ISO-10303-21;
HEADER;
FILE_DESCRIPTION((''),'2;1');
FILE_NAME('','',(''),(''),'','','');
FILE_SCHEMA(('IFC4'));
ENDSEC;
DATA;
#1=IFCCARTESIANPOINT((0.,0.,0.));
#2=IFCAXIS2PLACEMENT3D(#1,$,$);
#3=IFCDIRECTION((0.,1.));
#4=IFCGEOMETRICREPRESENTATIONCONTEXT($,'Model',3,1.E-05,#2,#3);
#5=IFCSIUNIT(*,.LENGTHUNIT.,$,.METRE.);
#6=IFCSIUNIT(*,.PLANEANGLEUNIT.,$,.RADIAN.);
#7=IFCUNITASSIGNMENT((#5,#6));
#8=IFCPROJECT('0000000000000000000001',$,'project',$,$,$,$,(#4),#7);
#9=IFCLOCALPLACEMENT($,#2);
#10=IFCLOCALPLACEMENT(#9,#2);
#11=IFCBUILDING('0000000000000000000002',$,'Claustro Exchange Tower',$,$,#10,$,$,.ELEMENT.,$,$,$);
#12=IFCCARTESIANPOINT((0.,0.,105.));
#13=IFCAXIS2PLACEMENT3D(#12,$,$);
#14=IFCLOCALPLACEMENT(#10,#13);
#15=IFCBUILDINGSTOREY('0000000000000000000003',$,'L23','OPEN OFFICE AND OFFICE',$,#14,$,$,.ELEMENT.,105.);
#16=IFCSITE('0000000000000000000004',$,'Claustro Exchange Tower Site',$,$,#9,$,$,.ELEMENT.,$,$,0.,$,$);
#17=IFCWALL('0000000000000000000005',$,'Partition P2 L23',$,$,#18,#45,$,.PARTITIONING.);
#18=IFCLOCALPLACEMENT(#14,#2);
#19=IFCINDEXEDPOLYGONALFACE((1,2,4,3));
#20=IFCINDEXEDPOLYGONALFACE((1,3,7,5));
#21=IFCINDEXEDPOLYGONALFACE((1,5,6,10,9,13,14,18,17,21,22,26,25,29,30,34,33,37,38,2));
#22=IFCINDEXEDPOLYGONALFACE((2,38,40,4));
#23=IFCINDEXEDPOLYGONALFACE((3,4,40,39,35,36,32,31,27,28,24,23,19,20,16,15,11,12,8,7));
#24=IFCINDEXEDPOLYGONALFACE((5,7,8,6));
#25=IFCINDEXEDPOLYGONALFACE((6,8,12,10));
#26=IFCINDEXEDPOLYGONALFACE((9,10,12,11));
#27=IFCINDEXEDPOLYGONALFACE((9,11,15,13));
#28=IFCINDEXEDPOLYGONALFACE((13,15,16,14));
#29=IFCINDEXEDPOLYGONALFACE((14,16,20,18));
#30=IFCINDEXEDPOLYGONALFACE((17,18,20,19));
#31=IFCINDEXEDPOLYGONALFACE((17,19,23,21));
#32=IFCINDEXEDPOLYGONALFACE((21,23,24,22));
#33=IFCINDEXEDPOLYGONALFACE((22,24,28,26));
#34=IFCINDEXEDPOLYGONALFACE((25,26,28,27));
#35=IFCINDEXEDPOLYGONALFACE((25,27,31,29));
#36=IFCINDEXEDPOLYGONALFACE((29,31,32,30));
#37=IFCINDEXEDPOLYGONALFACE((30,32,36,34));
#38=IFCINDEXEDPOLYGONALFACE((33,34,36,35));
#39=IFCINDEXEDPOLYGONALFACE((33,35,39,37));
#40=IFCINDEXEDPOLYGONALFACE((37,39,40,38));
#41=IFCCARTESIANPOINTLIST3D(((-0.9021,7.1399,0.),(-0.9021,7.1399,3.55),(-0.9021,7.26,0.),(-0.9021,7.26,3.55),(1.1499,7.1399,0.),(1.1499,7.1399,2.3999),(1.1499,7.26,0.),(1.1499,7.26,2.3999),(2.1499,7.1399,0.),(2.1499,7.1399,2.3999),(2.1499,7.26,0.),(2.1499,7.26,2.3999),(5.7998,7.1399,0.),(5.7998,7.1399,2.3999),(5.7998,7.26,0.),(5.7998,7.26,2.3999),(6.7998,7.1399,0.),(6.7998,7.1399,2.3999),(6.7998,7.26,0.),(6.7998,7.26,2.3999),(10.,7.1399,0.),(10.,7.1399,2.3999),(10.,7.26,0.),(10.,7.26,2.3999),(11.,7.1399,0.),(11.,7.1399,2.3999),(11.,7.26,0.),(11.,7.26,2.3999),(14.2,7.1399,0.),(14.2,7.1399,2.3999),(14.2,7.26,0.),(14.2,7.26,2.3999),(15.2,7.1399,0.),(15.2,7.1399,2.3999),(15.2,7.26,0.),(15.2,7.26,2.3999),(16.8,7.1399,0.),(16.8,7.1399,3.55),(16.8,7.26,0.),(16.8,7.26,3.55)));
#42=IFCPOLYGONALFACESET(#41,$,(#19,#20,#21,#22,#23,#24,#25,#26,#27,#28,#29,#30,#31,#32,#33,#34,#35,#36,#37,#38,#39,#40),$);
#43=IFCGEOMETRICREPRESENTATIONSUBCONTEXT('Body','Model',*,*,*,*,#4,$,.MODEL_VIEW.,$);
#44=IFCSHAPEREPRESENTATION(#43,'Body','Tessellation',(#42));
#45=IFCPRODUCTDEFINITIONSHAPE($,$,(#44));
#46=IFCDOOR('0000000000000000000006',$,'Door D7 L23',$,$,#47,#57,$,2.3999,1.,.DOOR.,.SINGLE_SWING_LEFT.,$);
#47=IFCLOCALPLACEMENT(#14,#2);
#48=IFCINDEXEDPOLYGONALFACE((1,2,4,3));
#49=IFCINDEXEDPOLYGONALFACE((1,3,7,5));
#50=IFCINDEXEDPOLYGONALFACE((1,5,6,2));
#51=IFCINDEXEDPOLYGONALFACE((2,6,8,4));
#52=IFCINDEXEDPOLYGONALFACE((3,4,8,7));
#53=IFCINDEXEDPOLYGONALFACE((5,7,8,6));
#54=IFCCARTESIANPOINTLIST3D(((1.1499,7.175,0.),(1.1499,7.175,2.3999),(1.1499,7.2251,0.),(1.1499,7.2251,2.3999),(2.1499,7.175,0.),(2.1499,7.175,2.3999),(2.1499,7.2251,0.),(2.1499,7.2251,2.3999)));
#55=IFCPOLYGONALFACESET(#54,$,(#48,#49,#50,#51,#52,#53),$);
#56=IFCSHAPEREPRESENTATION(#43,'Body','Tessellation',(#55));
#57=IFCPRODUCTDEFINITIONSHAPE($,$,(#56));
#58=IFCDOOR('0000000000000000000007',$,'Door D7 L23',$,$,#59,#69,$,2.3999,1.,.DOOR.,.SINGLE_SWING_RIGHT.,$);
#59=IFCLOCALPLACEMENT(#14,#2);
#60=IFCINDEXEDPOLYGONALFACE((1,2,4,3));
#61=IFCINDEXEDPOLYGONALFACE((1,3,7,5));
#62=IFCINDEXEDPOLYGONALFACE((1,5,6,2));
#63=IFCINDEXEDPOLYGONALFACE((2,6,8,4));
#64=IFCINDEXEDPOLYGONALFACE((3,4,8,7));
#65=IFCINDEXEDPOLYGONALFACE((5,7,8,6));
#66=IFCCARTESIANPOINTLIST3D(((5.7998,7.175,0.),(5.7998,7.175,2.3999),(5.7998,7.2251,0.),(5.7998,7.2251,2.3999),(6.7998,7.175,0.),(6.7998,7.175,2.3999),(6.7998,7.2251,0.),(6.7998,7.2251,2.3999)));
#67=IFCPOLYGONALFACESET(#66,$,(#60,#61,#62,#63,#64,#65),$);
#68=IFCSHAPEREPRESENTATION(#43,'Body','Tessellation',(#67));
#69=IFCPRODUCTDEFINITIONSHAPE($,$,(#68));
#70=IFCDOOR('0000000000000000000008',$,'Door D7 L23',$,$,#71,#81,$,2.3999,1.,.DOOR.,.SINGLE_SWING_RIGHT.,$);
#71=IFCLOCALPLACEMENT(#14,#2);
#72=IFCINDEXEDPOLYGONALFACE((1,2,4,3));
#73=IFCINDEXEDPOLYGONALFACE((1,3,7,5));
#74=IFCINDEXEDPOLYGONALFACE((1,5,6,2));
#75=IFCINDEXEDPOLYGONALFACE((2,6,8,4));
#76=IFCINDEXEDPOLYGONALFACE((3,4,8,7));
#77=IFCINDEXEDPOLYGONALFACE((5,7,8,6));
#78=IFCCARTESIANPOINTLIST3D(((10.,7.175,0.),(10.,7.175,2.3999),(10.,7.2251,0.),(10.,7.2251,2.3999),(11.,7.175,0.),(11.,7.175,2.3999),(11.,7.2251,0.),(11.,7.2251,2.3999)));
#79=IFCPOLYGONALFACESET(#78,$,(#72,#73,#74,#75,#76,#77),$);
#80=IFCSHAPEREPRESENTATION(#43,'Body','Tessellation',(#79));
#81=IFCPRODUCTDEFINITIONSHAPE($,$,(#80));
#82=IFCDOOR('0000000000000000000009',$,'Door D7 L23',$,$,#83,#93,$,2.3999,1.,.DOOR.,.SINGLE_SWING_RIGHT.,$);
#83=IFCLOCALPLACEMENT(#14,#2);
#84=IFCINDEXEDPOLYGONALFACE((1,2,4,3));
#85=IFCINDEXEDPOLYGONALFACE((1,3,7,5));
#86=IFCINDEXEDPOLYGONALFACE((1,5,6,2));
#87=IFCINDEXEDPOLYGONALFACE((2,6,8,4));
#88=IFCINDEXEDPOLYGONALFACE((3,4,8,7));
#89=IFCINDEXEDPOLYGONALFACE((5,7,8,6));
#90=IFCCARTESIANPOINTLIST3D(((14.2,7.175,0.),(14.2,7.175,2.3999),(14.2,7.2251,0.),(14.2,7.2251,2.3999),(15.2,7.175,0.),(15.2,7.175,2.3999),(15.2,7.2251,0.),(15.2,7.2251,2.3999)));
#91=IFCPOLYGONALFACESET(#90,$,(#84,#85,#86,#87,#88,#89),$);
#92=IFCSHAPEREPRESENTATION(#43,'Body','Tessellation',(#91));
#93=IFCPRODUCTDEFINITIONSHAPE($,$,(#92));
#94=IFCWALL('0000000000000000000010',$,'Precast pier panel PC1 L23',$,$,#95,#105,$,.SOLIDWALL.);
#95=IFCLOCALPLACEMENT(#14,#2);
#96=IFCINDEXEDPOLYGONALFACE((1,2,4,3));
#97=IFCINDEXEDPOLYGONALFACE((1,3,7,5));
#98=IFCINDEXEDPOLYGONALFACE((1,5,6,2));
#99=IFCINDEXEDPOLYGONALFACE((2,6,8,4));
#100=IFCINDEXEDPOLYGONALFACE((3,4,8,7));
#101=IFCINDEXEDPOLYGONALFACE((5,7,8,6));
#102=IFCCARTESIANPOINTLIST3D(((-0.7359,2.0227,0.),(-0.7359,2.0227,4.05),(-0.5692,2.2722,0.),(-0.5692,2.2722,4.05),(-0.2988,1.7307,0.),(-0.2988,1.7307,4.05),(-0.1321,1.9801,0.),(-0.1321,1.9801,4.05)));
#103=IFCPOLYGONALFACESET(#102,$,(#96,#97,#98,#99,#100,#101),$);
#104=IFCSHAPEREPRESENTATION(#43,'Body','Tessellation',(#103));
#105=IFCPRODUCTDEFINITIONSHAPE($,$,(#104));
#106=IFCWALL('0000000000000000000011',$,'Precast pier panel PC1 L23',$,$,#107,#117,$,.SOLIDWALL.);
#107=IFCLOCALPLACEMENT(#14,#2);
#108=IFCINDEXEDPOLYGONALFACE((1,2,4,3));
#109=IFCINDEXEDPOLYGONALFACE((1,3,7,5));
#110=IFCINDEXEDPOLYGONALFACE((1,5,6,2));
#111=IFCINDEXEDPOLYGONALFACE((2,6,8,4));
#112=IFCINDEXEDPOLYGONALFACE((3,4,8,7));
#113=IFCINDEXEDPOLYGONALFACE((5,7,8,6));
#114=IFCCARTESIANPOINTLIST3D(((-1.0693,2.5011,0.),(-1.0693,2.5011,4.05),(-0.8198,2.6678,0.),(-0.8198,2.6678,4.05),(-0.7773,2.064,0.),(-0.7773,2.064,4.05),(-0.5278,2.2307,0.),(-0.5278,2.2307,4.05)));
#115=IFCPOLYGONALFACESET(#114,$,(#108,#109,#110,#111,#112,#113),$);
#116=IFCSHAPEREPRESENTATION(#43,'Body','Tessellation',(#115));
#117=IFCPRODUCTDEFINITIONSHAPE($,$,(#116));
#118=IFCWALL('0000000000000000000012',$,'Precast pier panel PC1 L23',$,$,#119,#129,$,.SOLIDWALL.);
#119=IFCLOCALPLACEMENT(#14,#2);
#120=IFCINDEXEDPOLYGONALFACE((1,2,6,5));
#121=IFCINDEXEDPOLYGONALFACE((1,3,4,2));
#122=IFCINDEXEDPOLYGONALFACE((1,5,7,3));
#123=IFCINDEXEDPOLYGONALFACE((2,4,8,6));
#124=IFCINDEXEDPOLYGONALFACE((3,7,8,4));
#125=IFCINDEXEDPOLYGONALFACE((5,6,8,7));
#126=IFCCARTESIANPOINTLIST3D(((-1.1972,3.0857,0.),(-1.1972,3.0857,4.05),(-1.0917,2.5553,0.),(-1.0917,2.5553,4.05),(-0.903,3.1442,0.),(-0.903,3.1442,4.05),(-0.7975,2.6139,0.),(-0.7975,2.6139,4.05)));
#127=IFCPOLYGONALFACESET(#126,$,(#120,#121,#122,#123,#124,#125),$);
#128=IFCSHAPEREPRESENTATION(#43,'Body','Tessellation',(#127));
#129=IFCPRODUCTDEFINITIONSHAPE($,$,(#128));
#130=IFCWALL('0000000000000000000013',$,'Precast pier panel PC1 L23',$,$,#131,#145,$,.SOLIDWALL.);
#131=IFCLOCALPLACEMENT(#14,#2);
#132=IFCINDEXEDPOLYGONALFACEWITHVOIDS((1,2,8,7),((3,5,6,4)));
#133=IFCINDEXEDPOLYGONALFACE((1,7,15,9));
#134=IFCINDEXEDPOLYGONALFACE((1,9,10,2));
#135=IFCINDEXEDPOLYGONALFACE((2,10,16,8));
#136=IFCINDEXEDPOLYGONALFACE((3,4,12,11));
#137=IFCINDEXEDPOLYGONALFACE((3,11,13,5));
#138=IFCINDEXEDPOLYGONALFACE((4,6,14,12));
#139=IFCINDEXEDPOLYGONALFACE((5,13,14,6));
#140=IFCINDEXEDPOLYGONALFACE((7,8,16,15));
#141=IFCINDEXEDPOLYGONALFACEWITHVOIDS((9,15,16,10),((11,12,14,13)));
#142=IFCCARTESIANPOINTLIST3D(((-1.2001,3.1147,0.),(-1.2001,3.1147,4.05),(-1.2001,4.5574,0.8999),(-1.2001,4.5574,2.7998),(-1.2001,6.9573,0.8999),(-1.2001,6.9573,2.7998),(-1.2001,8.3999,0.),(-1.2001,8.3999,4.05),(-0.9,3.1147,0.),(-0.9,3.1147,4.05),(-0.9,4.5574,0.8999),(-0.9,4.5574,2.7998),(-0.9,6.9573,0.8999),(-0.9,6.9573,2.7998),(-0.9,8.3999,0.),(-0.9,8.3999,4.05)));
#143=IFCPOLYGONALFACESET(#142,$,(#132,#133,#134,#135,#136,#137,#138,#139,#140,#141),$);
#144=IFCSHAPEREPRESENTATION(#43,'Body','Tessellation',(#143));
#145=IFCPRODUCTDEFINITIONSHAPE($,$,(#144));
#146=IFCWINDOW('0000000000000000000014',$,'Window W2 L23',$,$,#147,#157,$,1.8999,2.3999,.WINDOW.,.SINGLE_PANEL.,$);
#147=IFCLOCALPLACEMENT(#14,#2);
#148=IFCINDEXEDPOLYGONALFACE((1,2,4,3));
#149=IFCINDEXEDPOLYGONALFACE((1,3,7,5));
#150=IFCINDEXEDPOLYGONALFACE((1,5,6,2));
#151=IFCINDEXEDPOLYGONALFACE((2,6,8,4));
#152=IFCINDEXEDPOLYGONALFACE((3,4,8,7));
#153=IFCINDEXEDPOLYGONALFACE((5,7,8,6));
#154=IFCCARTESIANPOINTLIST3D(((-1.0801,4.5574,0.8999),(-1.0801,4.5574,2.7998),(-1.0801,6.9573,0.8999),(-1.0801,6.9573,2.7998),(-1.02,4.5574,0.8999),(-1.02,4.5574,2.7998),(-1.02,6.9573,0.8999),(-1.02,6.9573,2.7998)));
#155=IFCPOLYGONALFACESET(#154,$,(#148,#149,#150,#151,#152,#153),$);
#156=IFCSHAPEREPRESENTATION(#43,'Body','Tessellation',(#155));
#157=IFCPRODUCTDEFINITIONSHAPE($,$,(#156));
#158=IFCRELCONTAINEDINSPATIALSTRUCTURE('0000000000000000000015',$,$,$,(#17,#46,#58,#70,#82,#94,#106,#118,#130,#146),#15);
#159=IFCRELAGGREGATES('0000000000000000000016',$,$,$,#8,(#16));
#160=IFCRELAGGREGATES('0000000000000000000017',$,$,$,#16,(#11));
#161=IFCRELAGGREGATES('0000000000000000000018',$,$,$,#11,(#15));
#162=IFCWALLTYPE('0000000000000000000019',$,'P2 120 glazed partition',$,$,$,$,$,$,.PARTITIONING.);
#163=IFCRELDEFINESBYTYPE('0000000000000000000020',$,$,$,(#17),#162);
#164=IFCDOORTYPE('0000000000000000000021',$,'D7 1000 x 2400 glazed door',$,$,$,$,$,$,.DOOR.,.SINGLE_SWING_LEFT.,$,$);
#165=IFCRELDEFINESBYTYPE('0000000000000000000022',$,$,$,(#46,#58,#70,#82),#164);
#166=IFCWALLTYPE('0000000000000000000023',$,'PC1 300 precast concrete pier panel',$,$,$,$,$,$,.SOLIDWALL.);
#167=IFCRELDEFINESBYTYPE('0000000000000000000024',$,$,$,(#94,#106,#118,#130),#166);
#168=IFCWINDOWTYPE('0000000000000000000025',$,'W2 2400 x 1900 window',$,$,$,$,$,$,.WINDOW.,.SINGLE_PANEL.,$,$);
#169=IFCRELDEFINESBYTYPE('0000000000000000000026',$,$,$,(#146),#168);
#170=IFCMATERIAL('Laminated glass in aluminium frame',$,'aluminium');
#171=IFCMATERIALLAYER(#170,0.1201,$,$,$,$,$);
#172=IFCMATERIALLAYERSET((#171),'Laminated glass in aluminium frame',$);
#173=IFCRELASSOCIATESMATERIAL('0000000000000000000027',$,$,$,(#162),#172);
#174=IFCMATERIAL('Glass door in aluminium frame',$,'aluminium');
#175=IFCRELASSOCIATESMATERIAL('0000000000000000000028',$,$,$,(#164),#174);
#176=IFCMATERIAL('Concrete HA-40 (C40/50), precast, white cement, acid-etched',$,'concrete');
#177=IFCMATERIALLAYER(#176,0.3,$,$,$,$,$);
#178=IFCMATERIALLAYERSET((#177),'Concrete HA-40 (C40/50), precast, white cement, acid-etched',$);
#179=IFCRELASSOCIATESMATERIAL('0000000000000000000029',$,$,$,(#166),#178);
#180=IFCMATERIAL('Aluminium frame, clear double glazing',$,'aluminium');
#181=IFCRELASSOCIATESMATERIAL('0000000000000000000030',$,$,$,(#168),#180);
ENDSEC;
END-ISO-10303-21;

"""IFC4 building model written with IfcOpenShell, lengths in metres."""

from ifc_helpers import new_model, si_unit, direction, frame, frame_2d, origin, place, context, subcontext, project, spatial, rectangle, extrude, material, layer, layer_set, type_object, element, fill, save


model = new_model("IFC4")

# Units and contexts
model_context = context("Model", 3, precision=1e-05, world=origin(), true_north=direction((0.0, 1.0)))
body_context = subcontext(model_context, "Body", "Model", "MODEL_VIEW")
ifc_project = project(units=[si_unit("LENGTHUNIT", "METRE"), si_unit("PLANEANGLEUNIT", "RADIAN")], contexts=[model_context])

# Site, building, storey
site_placement = place(None, origin())
site = spatial("IfcSite", under=ifc_project, at=site_placement, Name="Claustro Exchange Tower Site", CompositionType="ELEMENT", RefElevation=0.0)
building_placement = place(site_placement, origin())
building = spatial("IfcBuilding", under=site, at=building_placement, Name="Claustro Exchange Tower", CompositionType="ELEMENT")
storey_placement = place(building_placement, frame((0.0, 0.0, 105.0)))
storey = spatial("IfcBuildingStorey", under=building, at=storey_placement, Name="L23", Description="OPEN OFFICE AND OFFICE", CompositionType="ELEMENT", Elevation=105.0)

# Wall, openings, doors
ifc_material_1 = material(Name="Laminated glass in aluminium frame", Category="aluminium")
ifc_layer_1 = layer(ifc_material_1, 0.1201)
ifc_layer_set_1 = layer_set([ifc_layer_1], Name="Laminated glass in aluminium frame")
wall_type_1 = type_object("IfcWallType", Name="P2 120 glazed partition", PredefinedType="PARTITIONING", material=ifc_layer_set_1)
wall_1_placement = place(storey_placement, frame((-0.9021, 7.2, 0.0), z_axis=(0.0, 0.0, 1.0), x_axis=(1.0, 0.0, 0.0)))
wall_1 = element("IfcWall", 1, at=wall_1_placement, inside=storey, type_object=wall_type_1, Name="Partition P2 L23", PredefinedType="PARTITIONING", context=body_context, shape_type="SweptSolid", body=[
    extrude(rectangle(XDim=17.7021, YDim=0.1201, at=frame_2d((8.8511, 0.0))), origin(), (0.0, 0.0, 1.0), 3.55),
])
opening_1_placement = place(wall_1_placement, frame((2.052, 0.0, 0.0)))
opening_1 = element("IfcOpeningElement", 2, at=opening_1_placement, cuts=wall_1, PredefinedType="OPENING", context=body_context, shape_type="SweptSolid", body=[
    extrude(rectangle(XDim=1.0, YDim=2.3999, at=frame_2d((0.5, 1.2))), frame((0.0, 0.0701, 0.0), z_axis=(0.0, -1.0, 0.0), x_axis=(1.0, 0.0, 0.0)), (0.0, 0.0, 1.0), 0.1401),
])
opening_2_placement = place(wall_1_placement, frame((6.7019, 0.0, 0.0)))
opening_2 = element("IfcOpeningElement", 3, at=opening_2_placement, cuts=wall_1, PredefinedType="OPENING", context=body_context, shape_type="SweptSolid", body=[
    extrude(rectangle(XDim=1.0, YDim=2.3999, at=frame_2d((0.5, 1.2))), frame((0.0, 0.0701, 0.0), z_axis=(0.0, -1.0, 0.0), x_axis=(1.0, 0.0, 0.0)), (0.0, 0.0, 1.0), 0.1401),
])
opening_3_placement = place(wall_1_placement, frame((10.9021, 0.0, 0.0)))
opening_3 = element("IfcOpeningElement", 4, at=opening_3_placement, cuts=wall_1, PredefinedType="OPENING", context=body_context, shape_type="SweptSolid", body=[
    extrude(rectangle(XDim=1.0, YDim=2.3999, at=frame_2d((0.5, 1.2))), frame((0.0, 0.0701, 0.0), z_axis=(0.0, -1.0, 0.0), x_axis=(1.0, 0.0, 0.0)), (0.0, 0.0, 1.0), 0.1401),
])
opening_4_placement = place(wall_1_placement, frame((15.1021, 0.0, 0.0)))
opening_4 = element("IfcOpeningElement", 5, at=opening_4_placement, cuts=wall_1, PredefinedType="OPENING", context=body_context, shape_type="SweptSolid", body=[
    extrude(rectangle(XDim=1.0, YDim=2.3999, at=frame_2d((0.5, 1.2))), frame((0.0, 0.0701, 0.0), z_axis=(0.0, -1.0, 0.0), x_axis=(1.0, 0.0, 0.0)), (0.0, 0.0, 1.0), 0.1401),
])
ifc_material_2 = material(Name="Glass door in aluminium frame", Category="aluminium")
door_type_1 = type_object("IfcDoorType", Name="D7 1000 x 2400 glazed door", OperationType="SINGLE_SWING_LEFT", PredefinedType="DOOR", material=ifc_material_2)
door_1_placement = place(opening_1_placement, frame((1.0, 0.0, 0.0), z_axis=(0.0, 0.0, 1.0), x_axis=(-1.0, 0.0, 0.0)))
door_1 = element("IfcDoor", 6, at=door_1_placement, inside=storey, type_object=door_type_1, Name="Door D7 L23", OperationType="SINGLE_SWING_LEFT", OverallHeight=2.3999, OverallWidth=1.0, PredefinedType="DOOR", context=body_context, shape_type="SweptSolid", body=[
    extrude(rectangle(XDim=1.0, YDim=2.3999, at=frame_2d((0.5, 1.2))), frame((0.0, 0.0249, 0.0), z_axis=(0.0, -1.0, 0.0), x_axis=(1.0, 0.0, 0.0)), (0.0, 0.0, 1.0), 0.05),
])
fill(opening_1, door_1)
door_2_placement = place(opening_2_placement, frame((1.0, 0.0, 0.0), z_axis=(0.0, 0.0, 1.0), x_axis=(-1.0, 0.0, 0.0)))
door_2 = element("IfcDoor", 7, at=door_2_placement, inside=storey, type_object=door_type_1, Name="Door D7 L23", OperationType="SINGLE_SWING_RIGHT", OverallHeight=2.3999, OverallWidth=1.0, PredefinedType="DOOR", context=body_context, shape_type="SweptSolid", body=[
    extrude(rectangle(XDim=1.0, YDim=2.3999, at=frame_2d((0.5, 1.2))), frame((0.0, 0.0249, 0.0), z_axis=(0.0, -1.0, 0.0), x_axis=(1.0, 0.0, 0.0)), (0.0, 0.0, 1.0), 0.05),
])
fill(opening_2, door_2)
door_3_placement = place(opening_3_placement, frame((1.0, 0.0, 0.0), z_axis=(0.0, 0.0, 1.0), x_axis=(-1.0, 0.0, 0.0)))
door_3 = element("IfcDoor", 8, at=door_3_placement, inside=storey, type_object=door_type_1, Name="Door D7 L23", OperationType="SINGLE_SWING_RIGHT", OverallHeight=2.3999, OverallWidth=1.0, PredefinedType="DOOR", context=body_context, shape_type="SweptSolid", body=[
    extrude(rectangle(XDim=1.0, YDim=2.3999, at=frame_2d((0.5, 1.2))), frame((0.0, 0.0249, 0.0), z_axis=(0.0, -1.0, 0.0), x_axis=(1.0, 0.0, 0.0)), (0.0, 0.0, 1.0), 0.05),
])
fill(opening_3, door_3)
door_4_placement = place(opening_4_placement, frame((1.0, 0.0, 0.0), z_axis=(0.0, 0.0, 1.0), x_axis=(-1.0, 0.0, 0.0)))
door_4 = element("IfcDoor", 9, at=door_4_placement, inside=storey, type_object=door_type_1, Name="Door D7 L23", OperationType="SINGLE_SWING_RIGHT", OverallHeight=2.3999, OverallWidth=1.0, PredefinedType="DOOR", context=body_context, shape_type="SweptSolid", body=[
    extrude(rectangle(XDim=1.0, YDim=2.3999, at=frame_2d((0.5, 1.2))), frame((0.0, 0.0249, 0.0), z_axis=(0.0, -1.0, 0.0), x_axis=(1.0, 0.0, 0.0)), (0.0, 0.0, 1.0), 0.05),
])
fill(opening_4, door_4)

# Walls
ifc_material_3 = material(Name="Concrete HA-40 (C40/50), precast, white cement, acid-etched", Category="concrete")
ifc_layer_2 = layer(ifc_material_3, 0.3)
ifc_layer_set_2 = layer_set([ifc_layer_2], Name="Concrete HA-40 (C40/50), precast, white cement, acid-etched")
wall_type_2 = type_object("IfcWallType", Name="PC1 300 precast concrete pier panel", PredefinedType="SOLIDWALL", material=ifc_layer_set_2)
for number, where, z_axis, x_axis, name in (
    (10, (-0.2156, 1.8555, 0.0), (0.0, 0.0, 1.0), (-0.831478, 0.555557, 0.0), "Precast pier panel PC1 L23"),
    (11, (-0.6526, 2.1475, 0.0), (0.0, 0.0, 1.0), (-0.555557, 0.831478, 0.0), "Precast pier panel PC1 L23"),
):
    element("IfcWall", number, at=place(storey_placement, frame(where, z_axis=z_axis, x_axis=x_axis)), inside=storey, type_object=wall_type_2, Name=name, PredefinedType="SOLIDWALL", context=body_context, shape_type="SweptSolid", body=[
        extrude(rectangle(XDim=0.5256, YDim=0.3, at=frame_2d((0.2627, 0.0))), origin(), (0.0, 0.0, 1.0), 4.05),
    ])
wall_2_placement = place(storey_placement, frame((-0.9446, 2.5845, 0.0), z_axis=(0.0, 0.0, 1.0), x_axis=(-0.195074, 0.980789, 0.0)))
element("IfcWall", 12, at=wall_2_placement, inside=storey, type_object=wall_type_2, Name="Precast pier panel PC1 L23", PredefinedType="SOLIDWALL", context=body_context, shape_type="SweptSolid", body=[
    extrude(rectangle(XDim=0.5408, YDim=0.3, at=frame_2d((0.2705, 0.0))), origin(), (0.0, 0.0, 1.0), 4.05),
])

# Wall, opening, window
wall_3_placement = place(storey_placement, frame((-1.05, 3.1147, 0.0), z_axis=(0.0, 0.0, 1.0), x_axis=(0.0, 1.0, 0.0)))
wall_3 = element("IfcWall", 13, at=wall_3_placement, inside=storey, type_object=wall_type_2, Name="Precast pier panel PC1 L23", PredefinedType="SOLIDWALL", context=body_context, shape_type="SweptSolid", body=[
    extrude(rectangle(XDim=5.2852, YDim=0.3, at=frame_2d((2.6426, 0.0))), origin(), (0.0, 0.0, 1.0), 4.05),
])
opening_5_placement = place(wall_3_placement, frame((1.4426, 0.0, 0.8999)))
opening_5 = element("IfcOpeningElement", 14, at=opening_5_placement, cuts=wall_3, PredefinedType="OPENING", context=body_context, shape_type="SweptSolid", body=[
    extrude(rectangle(XDim=2.3999, YDim=1.8999, at=frame_2d((1.2, 0.95))), frame((0.0, 0.1599, 0.0), z_axis=(0.0, -1.0, 0.0), x_axis=(1.0, 0.0, 0.0)), (0.0, 0.0, 1.0), 0.3201),
])
ifc_material_4 = material(Name="Aluminium frame, clear double glazing", Category="aluminium")
window_type = type_object("IfcWindowType", Name="W2 2400 x 1900 window", PartitioningType="SINGLE_PANEL", PredefinedType="WINDOW", material=ifc_material_4)
window_1_placement = place(opening_5_placement, origin())
window_1 = element("IfcWindow", 15, at=window_1_placement, inside=storey, type_object=window_type, Name="Window W2 L23", OverallHeight=1.8999, OverallWidth=2.3999, PartitioningType="SINGLE_PANEL", PredefinedType="WINDOW", context=body_context, shape_type="SweptSolid", body=[
    extrude(rectangle(XDim=2.3999, YDim=1.8999, at=frame_2d((1.2, 0.95))), frame((0.0, 0.03, 0.0), z_axis=(0.0, -1.0, 0.0), x_axis=(1.0, 0.0, 0.0)), (0.0, 0.0, 1.0), 0.0601),
])
fill(opening_5, window_1)

save(model, "model.ifc")
